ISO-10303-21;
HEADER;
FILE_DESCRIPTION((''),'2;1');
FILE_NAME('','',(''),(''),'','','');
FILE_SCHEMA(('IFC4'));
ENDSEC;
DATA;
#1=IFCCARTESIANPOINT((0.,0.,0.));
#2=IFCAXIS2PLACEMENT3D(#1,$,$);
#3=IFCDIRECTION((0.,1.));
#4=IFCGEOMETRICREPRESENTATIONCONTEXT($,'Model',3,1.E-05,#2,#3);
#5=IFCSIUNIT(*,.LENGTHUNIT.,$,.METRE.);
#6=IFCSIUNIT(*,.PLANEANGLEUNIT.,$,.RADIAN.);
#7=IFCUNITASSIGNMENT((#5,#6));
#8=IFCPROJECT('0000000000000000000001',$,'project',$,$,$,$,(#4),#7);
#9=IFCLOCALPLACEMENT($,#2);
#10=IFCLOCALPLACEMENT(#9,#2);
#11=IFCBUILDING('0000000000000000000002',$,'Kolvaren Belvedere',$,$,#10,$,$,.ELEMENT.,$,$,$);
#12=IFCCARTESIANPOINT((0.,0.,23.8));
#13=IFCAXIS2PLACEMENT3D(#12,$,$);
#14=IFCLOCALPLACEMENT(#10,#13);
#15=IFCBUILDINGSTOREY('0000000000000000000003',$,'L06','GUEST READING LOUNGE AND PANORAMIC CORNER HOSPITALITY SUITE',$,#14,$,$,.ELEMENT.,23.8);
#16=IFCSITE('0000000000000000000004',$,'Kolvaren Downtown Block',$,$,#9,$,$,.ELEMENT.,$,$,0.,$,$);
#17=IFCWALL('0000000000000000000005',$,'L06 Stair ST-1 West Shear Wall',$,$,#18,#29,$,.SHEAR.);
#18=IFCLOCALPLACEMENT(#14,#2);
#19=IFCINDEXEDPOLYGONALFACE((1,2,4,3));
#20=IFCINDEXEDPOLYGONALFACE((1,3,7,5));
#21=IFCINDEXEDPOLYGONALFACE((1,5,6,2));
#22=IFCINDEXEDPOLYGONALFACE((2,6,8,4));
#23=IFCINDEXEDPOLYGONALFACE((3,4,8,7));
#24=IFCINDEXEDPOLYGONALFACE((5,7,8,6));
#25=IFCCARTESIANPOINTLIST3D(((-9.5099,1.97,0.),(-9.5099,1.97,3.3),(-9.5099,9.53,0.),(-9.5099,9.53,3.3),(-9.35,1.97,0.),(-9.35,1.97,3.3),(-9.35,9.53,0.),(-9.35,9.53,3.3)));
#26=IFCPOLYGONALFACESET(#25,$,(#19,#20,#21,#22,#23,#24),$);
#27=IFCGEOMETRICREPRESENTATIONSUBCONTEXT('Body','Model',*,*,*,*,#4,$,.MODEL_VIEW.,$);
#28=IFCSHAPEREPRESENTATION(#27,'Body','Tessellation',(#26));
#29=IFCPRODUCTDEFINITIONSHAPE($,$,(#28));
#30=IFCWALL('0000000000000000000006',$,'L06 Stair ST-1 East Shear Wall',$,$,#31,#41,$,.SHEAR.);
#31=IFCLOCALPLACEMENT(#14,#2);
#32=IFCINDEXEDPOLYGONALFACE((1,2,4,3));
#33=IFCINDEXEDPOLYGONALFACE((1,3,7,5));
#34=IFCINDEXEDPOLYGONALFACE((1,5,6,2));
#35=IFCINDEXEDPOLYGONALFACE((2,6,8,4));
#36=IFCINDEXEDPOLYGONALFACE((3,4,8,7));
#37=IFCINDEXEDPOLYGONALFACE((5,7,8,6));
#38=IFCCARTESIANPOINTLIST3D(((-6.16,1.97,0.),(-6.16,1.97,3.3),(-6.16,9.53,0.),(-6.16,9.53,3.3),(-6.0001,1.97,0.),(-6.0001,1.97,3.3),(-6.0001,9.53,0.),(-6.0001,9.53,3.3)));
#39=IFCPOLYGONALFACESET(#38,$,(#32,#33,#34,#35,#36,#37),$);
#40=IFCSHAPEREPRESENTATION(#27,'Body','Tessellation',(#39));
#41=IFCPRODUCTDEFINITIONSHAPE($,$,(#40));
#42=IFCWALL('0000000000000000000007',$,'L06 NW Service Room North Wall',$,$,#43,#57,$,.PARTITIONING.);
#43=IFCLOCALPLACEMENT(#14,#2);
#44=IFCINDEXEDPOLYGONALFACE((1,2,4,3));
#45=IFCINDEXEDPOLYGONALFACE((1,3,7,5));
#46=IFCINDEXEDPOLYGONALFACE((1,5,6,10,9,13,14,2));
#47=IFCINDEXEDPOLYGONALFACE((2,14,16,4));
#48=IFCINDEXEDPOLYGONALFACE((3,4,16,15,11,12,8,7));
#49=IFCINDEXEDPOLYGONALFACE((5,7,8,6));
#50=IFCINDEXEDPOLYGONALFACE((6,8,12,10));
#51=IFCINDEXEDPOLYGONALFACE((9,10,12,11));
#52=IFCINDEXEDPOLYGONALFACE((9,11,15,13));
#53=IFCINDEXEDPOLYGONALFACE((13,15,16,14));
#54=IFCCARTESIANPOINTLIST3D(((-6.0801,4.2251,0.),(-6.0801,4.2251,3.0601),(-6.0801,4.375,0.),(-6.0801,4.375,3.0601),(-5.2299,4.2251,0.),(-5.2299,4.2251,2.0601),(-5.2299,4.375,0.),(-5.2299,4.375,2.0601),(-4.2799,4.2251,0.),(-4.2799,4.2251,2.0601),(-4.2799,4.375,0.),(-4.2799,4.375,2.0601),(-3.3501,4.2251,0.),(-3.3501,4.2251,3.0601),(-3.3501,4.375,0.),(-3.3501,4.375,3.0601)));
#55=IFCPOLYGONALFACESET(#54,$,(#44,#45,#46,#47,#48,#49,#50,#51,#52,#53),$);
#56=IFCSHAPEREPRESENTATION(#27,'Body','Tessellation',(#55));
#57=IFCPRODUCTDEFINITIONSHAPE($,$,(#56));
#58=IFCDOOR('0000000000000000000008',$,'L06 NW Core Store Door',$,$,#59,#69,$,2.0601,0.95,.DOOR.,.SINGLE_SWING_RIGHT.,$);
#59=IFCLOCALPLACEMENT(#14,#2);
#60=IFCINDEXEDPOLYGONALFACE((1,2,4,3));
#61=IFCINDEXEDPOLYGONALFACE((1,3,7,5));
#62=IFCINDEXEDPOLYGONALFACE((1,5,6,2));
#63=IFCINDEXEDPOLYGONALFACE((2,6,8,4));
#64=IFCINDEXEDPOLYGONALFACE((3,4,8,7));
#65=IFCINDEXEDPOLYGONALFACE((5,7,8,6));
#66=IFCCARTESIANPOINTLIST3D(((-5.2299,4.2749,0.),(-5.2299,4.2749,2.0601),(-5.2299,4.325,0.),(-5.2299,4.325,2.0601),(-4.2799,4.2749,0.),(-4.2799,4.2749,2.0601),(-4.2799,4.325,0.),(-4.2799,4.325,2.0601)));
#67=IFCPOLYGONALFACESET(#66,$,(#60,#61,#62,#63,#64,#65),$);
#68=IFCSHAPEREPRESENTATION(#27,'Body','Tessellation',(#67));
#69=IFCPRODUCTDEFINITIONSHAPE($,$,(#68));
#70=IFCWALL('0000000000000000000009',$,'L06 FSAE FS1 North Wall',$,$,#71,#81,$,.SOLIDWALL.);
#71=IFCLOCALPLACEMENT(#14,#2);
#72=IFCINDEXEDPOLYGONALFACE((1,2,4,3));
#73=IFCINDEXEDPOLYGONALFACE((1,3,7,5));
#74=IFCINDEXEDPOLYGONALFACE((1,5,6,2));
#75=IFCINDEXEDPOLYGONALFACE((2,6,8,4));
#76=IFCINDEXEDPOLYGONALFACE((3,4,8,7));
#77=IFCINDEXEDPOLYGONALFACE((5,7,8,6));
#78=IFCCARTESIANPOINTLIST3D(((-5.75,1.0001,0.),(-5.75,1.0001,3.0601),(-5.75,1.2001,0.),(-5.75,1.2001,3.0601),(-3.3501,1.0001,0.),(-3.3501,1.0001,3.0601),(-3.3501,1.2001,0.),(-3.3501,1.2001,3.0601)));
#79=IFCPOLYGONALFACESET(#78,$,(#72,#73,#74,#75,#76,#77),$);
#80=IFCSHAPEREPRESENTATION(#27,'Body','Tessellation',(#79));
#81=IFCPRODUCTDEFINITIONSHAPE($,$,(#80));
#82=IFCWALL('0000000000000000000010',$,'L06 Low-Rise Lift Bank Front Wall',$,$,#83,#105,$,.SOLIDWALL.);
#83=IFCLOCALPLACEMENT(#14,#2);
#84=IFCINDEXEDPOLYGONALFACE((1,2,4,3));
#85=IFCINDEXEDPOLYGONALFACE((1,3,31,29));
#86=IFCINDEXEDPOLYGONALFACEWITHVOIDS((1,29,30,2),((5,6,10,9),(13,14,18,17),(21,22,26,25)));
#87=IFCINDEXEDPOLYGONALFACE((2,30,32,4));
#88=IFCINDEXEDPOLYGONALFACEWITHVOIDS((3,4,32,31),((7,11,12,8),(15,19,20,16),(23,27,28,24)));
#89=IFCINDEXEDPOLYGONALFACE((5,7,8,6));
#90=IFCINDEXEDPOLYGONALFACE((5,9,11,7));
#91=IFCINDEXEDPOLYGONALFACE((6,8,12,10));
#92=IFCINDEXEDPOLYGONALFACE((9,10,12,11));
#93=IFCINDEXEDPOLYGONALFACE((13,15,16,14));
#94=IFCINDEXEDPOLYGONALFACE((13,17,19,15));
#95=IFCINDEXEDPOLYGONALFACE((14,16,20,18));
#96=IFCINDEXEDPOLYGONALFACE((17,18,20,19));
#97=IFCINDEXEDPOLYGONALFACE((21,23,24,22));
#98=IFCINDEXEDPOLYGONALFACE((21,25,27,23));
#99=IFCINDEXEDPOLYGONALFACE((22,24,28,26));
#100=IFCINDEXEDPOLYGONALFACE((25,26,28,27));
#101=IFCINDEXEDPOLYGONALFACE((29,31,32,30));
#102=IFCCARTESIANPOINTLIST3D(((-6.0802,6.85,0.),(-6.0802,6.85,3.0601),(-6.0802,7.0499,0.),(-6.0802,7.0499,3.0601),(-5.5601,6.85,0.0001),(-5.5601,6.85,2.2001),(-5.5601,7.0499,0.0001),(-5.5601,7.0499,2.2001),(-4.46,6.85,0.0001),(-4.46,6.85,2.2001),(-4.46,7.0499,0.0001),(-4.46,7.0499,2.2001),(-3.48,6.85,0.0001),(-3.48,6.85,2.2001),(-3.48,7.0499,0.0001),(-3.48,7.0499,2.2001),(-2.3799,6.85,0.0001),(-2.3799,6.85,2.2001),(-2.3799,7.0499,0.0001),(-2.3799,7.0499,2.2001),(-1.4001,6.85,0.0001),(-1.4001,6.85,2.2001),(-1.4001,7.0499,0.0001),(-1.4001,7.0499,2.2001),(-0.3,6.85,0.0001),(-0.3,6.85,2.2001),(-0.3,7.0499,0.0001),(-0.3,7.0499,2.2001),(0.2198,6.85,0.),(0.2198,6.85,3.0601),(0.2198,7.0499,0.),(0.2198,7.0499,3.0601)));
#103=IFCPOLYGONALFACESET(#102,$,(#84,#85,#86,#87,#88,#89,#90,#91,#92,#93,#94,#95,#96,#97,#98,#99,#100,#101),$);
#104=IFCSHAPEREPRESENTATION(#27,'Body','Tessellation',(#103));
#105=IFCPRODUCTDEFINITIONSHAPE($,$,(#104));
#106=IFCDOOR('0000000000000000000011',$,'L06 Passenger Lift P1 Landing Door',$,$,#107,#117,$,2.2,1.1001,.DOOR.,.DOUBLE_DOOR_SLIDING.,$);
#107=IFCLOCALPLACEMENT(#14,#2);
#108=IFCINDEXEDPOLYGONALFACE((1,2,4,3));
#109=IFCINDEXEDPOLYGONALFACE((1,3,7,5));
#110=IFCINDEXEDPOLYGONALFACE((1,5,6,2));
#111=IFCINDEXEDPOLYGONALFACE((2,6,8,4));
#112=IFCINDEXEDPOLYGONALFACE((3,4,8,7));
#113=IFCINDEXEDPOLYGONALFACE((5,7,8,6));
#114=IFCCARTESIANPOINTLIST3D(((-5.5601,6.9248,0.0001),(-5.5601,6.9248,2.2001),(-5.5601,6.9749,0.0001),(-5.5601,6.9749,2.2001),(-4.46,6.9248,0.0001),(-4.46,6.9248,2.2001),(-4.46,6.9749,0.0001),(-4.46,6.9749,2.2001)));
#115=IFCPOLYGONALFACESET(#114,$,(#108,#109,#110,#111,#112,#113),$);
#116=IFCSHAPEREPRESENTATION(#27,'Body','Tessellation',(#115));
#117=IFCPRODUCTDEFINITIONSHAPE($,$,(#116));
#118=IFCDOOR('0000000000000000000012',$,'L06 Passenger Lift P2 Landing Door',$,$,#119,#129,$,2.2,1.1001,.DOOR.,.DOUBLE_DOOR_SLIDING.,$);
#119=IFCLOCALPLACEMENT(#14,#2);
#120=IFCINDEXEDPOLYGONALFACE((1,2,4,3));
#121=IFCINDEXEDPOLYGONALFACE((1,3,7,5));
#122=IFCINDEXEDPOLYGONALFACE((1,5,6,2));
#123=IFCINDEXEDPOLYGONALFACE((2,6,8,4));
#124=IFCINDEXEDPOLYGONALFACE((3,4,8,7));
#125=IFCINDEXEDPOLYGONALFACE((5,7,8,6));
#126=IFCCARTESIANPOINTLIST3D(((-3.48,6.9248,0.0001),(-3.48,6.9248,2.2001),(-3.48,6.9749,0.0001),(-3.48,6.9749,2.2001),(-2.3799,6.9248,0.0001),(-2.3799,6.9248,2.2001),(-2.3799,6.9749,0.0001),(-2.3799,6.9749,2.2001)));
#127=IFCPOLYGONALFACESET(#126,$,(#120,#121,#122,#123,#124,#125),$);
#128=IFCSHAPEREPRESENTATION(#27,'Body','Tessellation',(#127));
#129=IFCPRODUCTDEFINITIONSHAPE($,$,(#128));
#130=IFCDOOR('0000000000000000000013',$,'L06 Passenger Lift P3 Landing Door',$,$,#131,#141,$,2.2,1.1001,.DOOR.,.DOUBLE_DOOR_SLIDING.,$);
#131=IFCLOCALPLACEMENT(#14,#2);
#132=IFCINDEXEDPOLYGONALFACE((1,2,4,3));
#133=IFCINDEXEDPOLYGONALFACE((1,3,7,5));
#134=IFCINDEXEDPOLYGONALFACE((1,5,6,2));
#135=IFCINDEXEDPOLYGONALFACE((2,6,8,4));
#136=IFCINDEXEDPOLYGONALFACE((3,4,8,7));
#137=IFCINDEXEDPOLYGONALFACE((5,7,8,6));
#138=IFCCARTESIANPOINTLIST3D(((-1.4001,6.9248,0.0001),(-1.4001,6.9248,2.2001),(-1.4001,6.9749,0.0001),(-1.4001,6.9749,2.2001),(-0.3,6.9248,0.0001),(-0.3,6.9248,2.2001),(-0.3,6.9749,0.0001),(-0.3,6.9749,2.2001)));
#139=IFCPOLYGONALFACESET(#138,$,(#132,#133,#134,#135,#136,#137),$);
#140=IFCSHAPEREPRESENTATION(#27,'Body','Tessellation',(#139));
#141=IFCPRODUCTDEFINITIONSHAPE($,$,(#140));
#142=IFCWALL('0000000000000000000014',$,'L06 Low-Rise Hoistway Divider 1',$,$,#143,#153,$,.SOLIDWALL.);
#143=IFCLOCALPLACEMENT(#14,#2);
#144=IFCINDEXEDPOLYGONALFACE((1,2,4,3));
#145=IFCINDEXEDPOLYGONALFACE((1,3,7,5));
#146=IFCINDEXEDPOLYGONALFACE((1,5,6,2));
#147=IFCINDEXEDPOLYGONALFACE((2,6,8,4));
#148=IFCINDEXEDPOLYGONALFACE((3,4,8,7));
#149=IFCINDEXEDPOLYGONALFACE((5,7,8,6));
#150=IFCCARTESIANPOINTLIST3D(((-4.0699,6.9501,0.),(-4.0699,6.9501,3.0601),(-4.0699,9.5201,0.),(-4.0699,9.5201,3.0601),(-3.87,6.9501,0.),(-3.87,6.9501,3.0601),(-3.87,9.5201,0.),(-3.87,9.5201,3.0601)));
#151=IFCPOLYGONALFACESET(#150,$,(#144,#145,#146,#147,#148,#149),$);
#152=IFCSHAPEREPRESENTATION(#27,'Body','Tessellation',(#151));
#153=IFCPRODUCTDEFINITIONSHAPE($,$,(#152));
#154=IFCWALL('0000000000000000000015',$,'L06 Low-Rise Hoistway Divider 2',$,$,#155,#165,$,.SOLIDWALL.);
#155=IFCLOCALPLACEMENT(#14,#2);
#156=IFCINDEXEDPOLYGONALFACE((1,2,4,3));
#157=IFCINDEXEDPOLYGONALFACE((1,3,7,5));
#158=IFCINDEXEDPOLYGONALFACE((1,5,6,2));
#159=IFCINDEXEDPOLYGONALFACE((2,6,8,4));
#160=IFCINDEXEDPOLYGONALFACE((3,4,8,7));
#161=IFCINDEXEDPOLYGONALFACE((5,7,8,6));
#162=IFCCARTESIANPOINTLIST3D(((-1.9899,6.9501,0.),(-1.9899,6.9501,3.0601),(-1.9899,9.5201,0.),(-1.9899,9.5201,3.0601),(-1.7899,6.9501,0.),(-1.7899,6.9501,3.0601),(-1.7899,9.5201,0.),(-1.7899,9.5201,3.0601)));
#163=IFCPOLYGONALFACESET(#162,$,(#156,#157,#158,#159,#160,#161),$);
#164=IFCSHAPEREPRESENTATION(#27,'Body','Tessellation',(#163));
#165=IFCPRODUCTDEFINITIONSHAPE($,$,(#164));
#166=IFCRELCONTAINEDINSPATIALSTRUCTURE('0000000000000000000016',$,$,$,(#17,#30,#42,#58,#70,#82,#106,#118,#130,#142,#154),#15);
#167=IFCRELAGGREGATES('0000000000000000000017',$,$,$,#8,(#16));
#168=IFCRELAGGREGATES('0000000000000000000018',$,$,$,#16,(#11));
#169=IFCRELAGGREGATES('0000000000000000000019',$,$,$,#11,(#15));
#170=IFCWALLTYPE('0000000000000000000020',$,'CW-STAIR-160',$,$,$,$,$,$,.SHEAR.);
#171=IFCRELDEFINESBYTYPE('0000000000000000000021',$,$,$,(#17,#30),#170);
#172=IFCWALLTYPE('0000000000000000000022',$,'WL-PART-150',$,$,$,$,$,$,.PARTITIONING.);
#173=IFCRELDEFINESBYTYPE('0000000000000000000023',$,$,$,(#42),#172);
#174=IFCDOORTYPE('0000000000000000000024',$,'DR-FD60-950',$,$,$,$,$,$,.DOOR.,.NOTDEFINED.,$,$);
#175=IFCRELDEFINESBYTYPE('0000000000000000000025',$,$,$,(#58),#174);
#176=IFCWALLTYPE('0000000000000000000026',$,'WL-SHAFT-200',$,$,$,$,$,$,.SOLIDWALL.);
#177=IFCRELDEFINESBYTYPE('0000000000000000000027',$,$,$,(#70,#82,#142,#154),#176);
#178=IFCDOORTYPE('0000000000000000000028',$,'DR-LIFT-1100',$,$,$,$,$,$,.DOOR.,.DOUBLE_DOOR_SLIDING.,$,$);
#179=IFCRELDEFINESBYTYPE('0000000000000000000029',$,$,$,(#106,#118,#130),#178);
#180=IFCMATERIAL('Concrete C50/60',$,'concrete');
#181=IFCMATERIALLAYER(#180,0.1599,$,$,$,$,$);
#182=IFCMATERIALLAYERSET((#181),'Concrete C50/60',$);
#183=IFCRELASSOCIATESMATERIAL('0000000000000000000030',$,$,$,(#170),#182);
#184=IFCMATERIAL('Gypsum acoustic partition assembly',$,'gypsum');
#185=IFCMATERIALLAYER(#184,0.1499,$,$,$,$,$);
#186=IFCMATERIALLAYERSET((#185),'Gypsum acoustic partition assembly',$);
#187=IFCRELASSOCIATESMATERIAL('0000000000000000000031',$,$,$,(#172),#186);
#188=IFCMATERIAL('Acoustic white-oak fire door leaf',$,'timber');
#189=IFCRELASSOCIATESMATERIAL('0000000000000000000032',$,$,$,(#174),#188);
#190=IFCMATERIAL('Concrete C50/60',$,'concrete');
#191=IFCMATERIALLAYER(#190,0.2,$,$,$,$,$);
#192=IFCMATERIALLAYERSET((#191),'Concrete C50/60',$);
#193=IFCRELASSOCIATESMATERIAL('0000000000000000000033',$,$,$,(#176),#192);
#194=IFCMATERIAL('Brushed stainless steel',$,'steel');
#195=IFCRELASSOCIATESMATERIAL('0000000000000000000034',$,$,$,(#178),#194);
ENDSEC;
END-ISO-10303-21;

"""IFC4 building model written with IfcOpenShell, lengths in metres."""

from ifc_helpers import new_model, si_unit, direction, frame, frame_2d, origin, place, context, subcontext, project, spatial, rectangle, extrude, material, layer, layer_set, type_object, element, fill, save


model = new_model("IFC4")

# Units and contexts
model_context = context("Model", 3, precision=1e-05, world=origin(), true_north=direction((0.0, 1.0)))
body_context = subcontext(model_context, "Body", "Model", "MODEL_VIEW")
ifc_project = project(units=[si_unit("LENGTHUNIT", "METRE"), si_unit("PLANEANGLEUNIT", "RADIAN")], contexts=[model_context])

# Site, building, storey
site_placement = place(None, origin())
site = spatial("IfcSite", under=ifc_project, at=site_placement, Name="Kolvaren Downtown Block", CompositionType="ELEMENT", RefElevation=0.0)
building_placement = place(site_placement, origin())
building = spatial("IfcBuilding", under=site, at=building_placement, Name="Kolvaren Belvedere", CompositionType="ELEMENT")
storey_placement = place(building_placement, frame((0.0, 0.0, 23.8)))
storey = spatial("IfcBuildingStorey", under=building, at=storey_placement, Name="L06", Description="GUEST READING LOUNGE AND PANORAMIC CORNER HOSPITALITY SUITE", CompositionType="ELEMENT", Elevation=23.8)

# Shared definitions
ifc_material_1 = material(Name="Concrete C50/60", Category="concrete")
ifc_layer_1 = layer(ifc_material_1, 0.1599)
ifc_layer_set_1 = layer_set([ifc_layer_1], Name="Concrete C50/60")
wall_type_1 = type_object("IfcWallType", Name="CW-STAIR-160", PredefinedType="SHEAR", material=ifc_layer_set_1)

# Walls
for number, where, z_axis, x_axis, name in (
    (1, (-9.4299, 1.97, 0.0), (0.0, 0.0, 1.0), (0.0, 1.0, 0.0), "L06 Stair ST-1 West Shear Wall"),
    (2, (-6.0801, 1.97, 0.0), (0.0, 0.0, 1.0), (0.0, 1.0, 0.0), "L06 Stair ST-1 East Shear Wall"),
):
    element("IfcWall", number, at=place(storey_placement, frame(where, z_axis=z_axis, x_axis=x_axis)), inside=storey, type_object=wall_type_1, Name=name, PredefinedType="SHEAR", context=body_context, shape_type="SweptSolid", body=[
        extrude(rectangle(XDim=7.5601, YDim=0.1599, at=frame_2d((3.78, 0.0))), origin(), (0.0, 0.0, 1.0), 3.3),
    ])

# Wall, opening, door
ifc_material_2 = material(Name="Gypsum acoustic partition assembly", Category="gypsum")
ifc_layer_2 = layer(ifc_material_2, 0.1499)
ifc_layer_set_2 = layer_set([ifc_layer_2], Name="Gypsum acoustic partition assembly")
wall_type_2 = type_object("IfcWallType", Name="WL-PART-150", PredefinedType="PARTITIONING", material=ifc_layer_set_2)
wall_1_placement = place(storey_placement, frame((-6.0801, 4.3, 0.0), z_axis=(0.0, 0.0, 1.0), x_axis=(1.0, 0.0, 0.0)))
wall_1 = element("IfcWall", 3, at=wall_1_placement, inside=storey, type_object=wall_type_2, Name="L06 NW Service Room North Wall", PredefinedType="PARTITIONING", context=body_context, shape_type="SweptSolid", body=[
    extrude(rectangle(XDim=2.73, YDim=0.1499, at=frame_2d((1.365, 0.0))), origin(), (0.0, 0.0, 1.0), 3.0601),
])
opening_1_placement = place(wall_1_placement, frame((0.8501, 0.0, 0.0)))
opening_1 = element("IfcOpeningElement", 4, at=opening_1_placement, cuts=wall_1, PredefinedType="OPENING", context=body_context, shape_type="SweptSolid", body=[
    extrude(rectangle(XDim=0.95, YDim=2.0601, at=frame_2d((0.4751, 1.03))), frame((0.0, 0.085, 0.0), z_axis=(0.0, -1.0, 0.0), x_axis=(1.0, 0.0, 0.0)), (0.0, 0.0, 1.0), 0.1699),
])
ifc_material_3 = material(Name="Acoustic white-oak fire door leaf", Category="timber")
door_type_1 = type_object("IfcDoorType", Name="DR-FD60-950", OperationType="NOTDEFINED", PredefinedType="DOOR", material=ifc_material_3)
door_1_placement = place(opening_1_placement, origin())
door_1 = element("IfcDoor", 5, at=door_1_placement, inside=storey, type_object=door_type_1, Name="L06 NW Core Store Door", OperationType="SINGLE_SWING_RIGHT", OverallHeight=2.0601, OverallWidth=0.95, PredefinedType="DOOR", context=body_context, shape_type="SweptSolid", body=[
    extrude(rectangle(XDim=0.95, YDim=2.0601, at=frame_2d((0.4751, 1.03))), frame((0.0, 0.0249, 0.0), z_axis=(0.0, -1.0, 0.0), x_axis=(1.0, 0.0, 0.0)), (0.0, 0.0, 1.0), 0.05),
])
fill(opening_1, door_1)

# Wall
ifc_material_4 = material(Name="Concrete C50/60", Category="concrete")
ifc_layer_3 = layer(ifc_material_4, 0.2)
ifc_layer_set_3 = layer_set([ifc_layer_3], Name="Concrete C50/60")
wall_type_3 = type_object("IfcWallType", Name="WL-SHAFT-200", PredefinedType="SOLIDWALL", material=ifc_layer_set_3)
wall_2_placement = place(storey_placement, frame((-5.75, 1.1001, 0.0), z_axis=(0.0, 0.0, 1.0), x_axis=(1.0, 0.0, 0.0)))
element("IfcWall", 6, at=wall_2_placement, inside=storey, type_object=wall_type_3, Name="L06 FSAE FS1 North Wall", PredefinedType="SOLIDWALL", context=body_context, shape_type="SweptSolid", body=[
    extrude(rectangle(XDim=2.3999, YDim=0.2, at=frame_2d((1.2, 0.0))), origin(), (0.0, 0.0, 1.0), 3.0601),
])

# Wall, openings, doors
wall_3_placement = place(storey_placement, frame((-6.0801, 6.95, 0.0), z_axis=(0.0, 0.0, 1.0), x_axis=(1.0, 0.0, 0.0)))
wall_3 = element("IfcWall", 7, at=wall_3_placement, inside=storey, type_object=wall_type_3, Name="L06 Low-Rise Lift Bank Front Wall", PredefinedType="SOLIDWALL", context=body_context, shape_type="SweptSolid", body=[
    extrude(rectangle(XDim=6.3, YDim=0.2, at=frame_2d((3.1499, 0.0))), origin(), (0.0, 0.0, 1.0), 3.0601),
])
opening_2_placement = place(wall_3_placement, frame((0.52, 0.0, 0.0)))
opening_2 = element("IfcOpeningElement", 8, at=opening_2_placement, cuts=wall_3, PredefinedType="OPENING", context=body_context, shape_type="SweptSolid", body=[
    extrude(rectangle(XDim=1.1001, YDim=2.2, at=frame_2d((0.55, 1.1001))), frame((0.0, 0.1099, 0.0), z_axis=(0.0, -1.0, 0.0), x_axis=(1.0, 0.0, 0.0)), (0.0, 0.0, 1.0), 0.22),
])
opening_3_placement = place(wall_3_placement, frame((2.6001, 0.0, 0.0)))
opening_3 = element("IfcOpeningElement", 9, at=opening_3_placement, cuts=wall_3, PredefinedType="OPENING", context=body_context, shape_type="SweptSolid", body=[
    extrude(rectangle(XDim=1.1001, YDim=2.2, at=frame_2d((0.55, 1.1001))), frame((0.0, 0.1099, 0.0), z_axis=(0.0, -1.0, 0.0), x_axis=(1.0, 0.0, 0.0)), (0.0, 0.0, 1.0), 0.22),
])
opening_4_placement = place(wall_3_placement, frame((4.6799, 0.0, 0.0)))
opening_4 = element("IfcOpeningElement", 10, at=opening_4_placement, cuts=wall_3, PredefinedType="OPENING", context=body_context, shape_type="SweptSolid", body=[
    extrude(rectangle(XDim=1.1001, YDim=2.2, at=frame_2d((0.55, 1.1001))), frame((0.0, 0.1099, 0.0), z_axis=(0.0, -1.0, 0.0), x_axis=(1.0, 0.0, 0.0)), (0.0, 0.0, 1.0), 0.22),
])
ifc_material_5 = material(Name="Brushed stainless steel", Category="steel")
door_type_2 = type_object("IfcDoorType", Name="DR-LIFT-1100", OperationType="DOUBLE_DOOR_SLIDING", PredefinedType="DOOR", material=ifc_material_5)
door_2_placement = place(opening_2_placement, origin())
door_2 = element("IfcDoor", 11, at=door_2_placement, inside=storey, type_object=door_type_2, Name="L06 Passenger Lift P1 Landing Door", OperationType="DOUBLE_DOOR_SLIDING", OverallHeight=2.2, OverallWidth=1.1001, PredefinedType="DOOR", context=body_context, shape_type="SweptSolid", body=[
    extrude(rectangle(XDim=1.1001, YDim=2.2, at=frame_2d((0.55, 1.1001))), frame((0.0, 0.0249, 0.0), z_axis=(0.0, -1.0, 0.0), x_axis=(1.0, 0.0, 0.0)), (0.0, 0.0, 1.0), 0.05),
])
fill(opening_2, door_2)
door_3_placement = place(opening_3_placement, origin())
door_3 = element("IfcDoor", 12, at=door_3_placement, inside=storey, type_object=door_type_2, Name="L06 Passenger Lift P2 Landing Door", OperationType="DOUBLE_DOOR_SLIDING", OverallHeight=2.2, OverallWidth=1.1001, PredefinedType="DOOR", context=body_context, shape_type="SweptSolid", body=[
    extrude(rectangle(XDim=1.1001, YDim=2.2, at=frame_2d((0.55, 1.1001))), frame((0.0, 0.0249, 0.0), z_axis=(0.0, -1.0, 0.0), x_axis=(1.0, 0.0, 0.0)), (0.0, 0.0, 1.0), 0.05),
])
fill(opening_3, door_3)
door_4_placement = place(opening_4_placement, origin())
door_4 = element("IfcDoor", 13, at=door_4_placement, inside=storey, type_object=door_type_2, Name="L06 Passenger Lift P3 Landing Door", OperationType="DOUBLE_DOOR_SLIDING", OverallHeight=2.2, OverallWidth=1.1001, PredefinedType="DOOR", context=body_context, shape_type="SweptSolid", body=[
    extrude(rectangle(XDim=1.1001, YDim=2.2, at=frame_2d((0.55, 1.1001))), frame((0.0, 0.0249, 0.0), z_axis=(0.0, -1.0, 0.0), x_axis=(1.0, 0.0, 0.0)), (0.0, 0.0, 1.0), 0.05),
])
fill(opening_4, door_4)

# Walls
for number, where, z_axis, x_axis, name in (
    (14, (-3.97, 6.95, 0.0), (0.0, 0.0, 1.0), (0.0, 1.0, 0.0), "L06 Low-Rise Hoistway Divider 1"),
    (15, (-1.8899, 6.95, 0.0), (0.0, 0.0, 1.0), (0.0, 1.0, 0.0), "L06 Low-Rise Hoistway Divider 2"),
):
    element("IfcWall", number, at=place(storey_placement, frame(where, z_axis=z_axis, x_axis=x_axis)), inside=storey, type_object=wall_type_3, Name=name, PredefinedType="SOLIDWALL", context=body_context, shape_type="SweptSolid", body=[
        extrude(rectangle(XDim=2.5701, YDim=0.2, at=frame_2d((1.2852, 0.0))), origin(), (0.0, 0.0, 1.0), 3.0601),
    ])

save(model, "model.ifc")
